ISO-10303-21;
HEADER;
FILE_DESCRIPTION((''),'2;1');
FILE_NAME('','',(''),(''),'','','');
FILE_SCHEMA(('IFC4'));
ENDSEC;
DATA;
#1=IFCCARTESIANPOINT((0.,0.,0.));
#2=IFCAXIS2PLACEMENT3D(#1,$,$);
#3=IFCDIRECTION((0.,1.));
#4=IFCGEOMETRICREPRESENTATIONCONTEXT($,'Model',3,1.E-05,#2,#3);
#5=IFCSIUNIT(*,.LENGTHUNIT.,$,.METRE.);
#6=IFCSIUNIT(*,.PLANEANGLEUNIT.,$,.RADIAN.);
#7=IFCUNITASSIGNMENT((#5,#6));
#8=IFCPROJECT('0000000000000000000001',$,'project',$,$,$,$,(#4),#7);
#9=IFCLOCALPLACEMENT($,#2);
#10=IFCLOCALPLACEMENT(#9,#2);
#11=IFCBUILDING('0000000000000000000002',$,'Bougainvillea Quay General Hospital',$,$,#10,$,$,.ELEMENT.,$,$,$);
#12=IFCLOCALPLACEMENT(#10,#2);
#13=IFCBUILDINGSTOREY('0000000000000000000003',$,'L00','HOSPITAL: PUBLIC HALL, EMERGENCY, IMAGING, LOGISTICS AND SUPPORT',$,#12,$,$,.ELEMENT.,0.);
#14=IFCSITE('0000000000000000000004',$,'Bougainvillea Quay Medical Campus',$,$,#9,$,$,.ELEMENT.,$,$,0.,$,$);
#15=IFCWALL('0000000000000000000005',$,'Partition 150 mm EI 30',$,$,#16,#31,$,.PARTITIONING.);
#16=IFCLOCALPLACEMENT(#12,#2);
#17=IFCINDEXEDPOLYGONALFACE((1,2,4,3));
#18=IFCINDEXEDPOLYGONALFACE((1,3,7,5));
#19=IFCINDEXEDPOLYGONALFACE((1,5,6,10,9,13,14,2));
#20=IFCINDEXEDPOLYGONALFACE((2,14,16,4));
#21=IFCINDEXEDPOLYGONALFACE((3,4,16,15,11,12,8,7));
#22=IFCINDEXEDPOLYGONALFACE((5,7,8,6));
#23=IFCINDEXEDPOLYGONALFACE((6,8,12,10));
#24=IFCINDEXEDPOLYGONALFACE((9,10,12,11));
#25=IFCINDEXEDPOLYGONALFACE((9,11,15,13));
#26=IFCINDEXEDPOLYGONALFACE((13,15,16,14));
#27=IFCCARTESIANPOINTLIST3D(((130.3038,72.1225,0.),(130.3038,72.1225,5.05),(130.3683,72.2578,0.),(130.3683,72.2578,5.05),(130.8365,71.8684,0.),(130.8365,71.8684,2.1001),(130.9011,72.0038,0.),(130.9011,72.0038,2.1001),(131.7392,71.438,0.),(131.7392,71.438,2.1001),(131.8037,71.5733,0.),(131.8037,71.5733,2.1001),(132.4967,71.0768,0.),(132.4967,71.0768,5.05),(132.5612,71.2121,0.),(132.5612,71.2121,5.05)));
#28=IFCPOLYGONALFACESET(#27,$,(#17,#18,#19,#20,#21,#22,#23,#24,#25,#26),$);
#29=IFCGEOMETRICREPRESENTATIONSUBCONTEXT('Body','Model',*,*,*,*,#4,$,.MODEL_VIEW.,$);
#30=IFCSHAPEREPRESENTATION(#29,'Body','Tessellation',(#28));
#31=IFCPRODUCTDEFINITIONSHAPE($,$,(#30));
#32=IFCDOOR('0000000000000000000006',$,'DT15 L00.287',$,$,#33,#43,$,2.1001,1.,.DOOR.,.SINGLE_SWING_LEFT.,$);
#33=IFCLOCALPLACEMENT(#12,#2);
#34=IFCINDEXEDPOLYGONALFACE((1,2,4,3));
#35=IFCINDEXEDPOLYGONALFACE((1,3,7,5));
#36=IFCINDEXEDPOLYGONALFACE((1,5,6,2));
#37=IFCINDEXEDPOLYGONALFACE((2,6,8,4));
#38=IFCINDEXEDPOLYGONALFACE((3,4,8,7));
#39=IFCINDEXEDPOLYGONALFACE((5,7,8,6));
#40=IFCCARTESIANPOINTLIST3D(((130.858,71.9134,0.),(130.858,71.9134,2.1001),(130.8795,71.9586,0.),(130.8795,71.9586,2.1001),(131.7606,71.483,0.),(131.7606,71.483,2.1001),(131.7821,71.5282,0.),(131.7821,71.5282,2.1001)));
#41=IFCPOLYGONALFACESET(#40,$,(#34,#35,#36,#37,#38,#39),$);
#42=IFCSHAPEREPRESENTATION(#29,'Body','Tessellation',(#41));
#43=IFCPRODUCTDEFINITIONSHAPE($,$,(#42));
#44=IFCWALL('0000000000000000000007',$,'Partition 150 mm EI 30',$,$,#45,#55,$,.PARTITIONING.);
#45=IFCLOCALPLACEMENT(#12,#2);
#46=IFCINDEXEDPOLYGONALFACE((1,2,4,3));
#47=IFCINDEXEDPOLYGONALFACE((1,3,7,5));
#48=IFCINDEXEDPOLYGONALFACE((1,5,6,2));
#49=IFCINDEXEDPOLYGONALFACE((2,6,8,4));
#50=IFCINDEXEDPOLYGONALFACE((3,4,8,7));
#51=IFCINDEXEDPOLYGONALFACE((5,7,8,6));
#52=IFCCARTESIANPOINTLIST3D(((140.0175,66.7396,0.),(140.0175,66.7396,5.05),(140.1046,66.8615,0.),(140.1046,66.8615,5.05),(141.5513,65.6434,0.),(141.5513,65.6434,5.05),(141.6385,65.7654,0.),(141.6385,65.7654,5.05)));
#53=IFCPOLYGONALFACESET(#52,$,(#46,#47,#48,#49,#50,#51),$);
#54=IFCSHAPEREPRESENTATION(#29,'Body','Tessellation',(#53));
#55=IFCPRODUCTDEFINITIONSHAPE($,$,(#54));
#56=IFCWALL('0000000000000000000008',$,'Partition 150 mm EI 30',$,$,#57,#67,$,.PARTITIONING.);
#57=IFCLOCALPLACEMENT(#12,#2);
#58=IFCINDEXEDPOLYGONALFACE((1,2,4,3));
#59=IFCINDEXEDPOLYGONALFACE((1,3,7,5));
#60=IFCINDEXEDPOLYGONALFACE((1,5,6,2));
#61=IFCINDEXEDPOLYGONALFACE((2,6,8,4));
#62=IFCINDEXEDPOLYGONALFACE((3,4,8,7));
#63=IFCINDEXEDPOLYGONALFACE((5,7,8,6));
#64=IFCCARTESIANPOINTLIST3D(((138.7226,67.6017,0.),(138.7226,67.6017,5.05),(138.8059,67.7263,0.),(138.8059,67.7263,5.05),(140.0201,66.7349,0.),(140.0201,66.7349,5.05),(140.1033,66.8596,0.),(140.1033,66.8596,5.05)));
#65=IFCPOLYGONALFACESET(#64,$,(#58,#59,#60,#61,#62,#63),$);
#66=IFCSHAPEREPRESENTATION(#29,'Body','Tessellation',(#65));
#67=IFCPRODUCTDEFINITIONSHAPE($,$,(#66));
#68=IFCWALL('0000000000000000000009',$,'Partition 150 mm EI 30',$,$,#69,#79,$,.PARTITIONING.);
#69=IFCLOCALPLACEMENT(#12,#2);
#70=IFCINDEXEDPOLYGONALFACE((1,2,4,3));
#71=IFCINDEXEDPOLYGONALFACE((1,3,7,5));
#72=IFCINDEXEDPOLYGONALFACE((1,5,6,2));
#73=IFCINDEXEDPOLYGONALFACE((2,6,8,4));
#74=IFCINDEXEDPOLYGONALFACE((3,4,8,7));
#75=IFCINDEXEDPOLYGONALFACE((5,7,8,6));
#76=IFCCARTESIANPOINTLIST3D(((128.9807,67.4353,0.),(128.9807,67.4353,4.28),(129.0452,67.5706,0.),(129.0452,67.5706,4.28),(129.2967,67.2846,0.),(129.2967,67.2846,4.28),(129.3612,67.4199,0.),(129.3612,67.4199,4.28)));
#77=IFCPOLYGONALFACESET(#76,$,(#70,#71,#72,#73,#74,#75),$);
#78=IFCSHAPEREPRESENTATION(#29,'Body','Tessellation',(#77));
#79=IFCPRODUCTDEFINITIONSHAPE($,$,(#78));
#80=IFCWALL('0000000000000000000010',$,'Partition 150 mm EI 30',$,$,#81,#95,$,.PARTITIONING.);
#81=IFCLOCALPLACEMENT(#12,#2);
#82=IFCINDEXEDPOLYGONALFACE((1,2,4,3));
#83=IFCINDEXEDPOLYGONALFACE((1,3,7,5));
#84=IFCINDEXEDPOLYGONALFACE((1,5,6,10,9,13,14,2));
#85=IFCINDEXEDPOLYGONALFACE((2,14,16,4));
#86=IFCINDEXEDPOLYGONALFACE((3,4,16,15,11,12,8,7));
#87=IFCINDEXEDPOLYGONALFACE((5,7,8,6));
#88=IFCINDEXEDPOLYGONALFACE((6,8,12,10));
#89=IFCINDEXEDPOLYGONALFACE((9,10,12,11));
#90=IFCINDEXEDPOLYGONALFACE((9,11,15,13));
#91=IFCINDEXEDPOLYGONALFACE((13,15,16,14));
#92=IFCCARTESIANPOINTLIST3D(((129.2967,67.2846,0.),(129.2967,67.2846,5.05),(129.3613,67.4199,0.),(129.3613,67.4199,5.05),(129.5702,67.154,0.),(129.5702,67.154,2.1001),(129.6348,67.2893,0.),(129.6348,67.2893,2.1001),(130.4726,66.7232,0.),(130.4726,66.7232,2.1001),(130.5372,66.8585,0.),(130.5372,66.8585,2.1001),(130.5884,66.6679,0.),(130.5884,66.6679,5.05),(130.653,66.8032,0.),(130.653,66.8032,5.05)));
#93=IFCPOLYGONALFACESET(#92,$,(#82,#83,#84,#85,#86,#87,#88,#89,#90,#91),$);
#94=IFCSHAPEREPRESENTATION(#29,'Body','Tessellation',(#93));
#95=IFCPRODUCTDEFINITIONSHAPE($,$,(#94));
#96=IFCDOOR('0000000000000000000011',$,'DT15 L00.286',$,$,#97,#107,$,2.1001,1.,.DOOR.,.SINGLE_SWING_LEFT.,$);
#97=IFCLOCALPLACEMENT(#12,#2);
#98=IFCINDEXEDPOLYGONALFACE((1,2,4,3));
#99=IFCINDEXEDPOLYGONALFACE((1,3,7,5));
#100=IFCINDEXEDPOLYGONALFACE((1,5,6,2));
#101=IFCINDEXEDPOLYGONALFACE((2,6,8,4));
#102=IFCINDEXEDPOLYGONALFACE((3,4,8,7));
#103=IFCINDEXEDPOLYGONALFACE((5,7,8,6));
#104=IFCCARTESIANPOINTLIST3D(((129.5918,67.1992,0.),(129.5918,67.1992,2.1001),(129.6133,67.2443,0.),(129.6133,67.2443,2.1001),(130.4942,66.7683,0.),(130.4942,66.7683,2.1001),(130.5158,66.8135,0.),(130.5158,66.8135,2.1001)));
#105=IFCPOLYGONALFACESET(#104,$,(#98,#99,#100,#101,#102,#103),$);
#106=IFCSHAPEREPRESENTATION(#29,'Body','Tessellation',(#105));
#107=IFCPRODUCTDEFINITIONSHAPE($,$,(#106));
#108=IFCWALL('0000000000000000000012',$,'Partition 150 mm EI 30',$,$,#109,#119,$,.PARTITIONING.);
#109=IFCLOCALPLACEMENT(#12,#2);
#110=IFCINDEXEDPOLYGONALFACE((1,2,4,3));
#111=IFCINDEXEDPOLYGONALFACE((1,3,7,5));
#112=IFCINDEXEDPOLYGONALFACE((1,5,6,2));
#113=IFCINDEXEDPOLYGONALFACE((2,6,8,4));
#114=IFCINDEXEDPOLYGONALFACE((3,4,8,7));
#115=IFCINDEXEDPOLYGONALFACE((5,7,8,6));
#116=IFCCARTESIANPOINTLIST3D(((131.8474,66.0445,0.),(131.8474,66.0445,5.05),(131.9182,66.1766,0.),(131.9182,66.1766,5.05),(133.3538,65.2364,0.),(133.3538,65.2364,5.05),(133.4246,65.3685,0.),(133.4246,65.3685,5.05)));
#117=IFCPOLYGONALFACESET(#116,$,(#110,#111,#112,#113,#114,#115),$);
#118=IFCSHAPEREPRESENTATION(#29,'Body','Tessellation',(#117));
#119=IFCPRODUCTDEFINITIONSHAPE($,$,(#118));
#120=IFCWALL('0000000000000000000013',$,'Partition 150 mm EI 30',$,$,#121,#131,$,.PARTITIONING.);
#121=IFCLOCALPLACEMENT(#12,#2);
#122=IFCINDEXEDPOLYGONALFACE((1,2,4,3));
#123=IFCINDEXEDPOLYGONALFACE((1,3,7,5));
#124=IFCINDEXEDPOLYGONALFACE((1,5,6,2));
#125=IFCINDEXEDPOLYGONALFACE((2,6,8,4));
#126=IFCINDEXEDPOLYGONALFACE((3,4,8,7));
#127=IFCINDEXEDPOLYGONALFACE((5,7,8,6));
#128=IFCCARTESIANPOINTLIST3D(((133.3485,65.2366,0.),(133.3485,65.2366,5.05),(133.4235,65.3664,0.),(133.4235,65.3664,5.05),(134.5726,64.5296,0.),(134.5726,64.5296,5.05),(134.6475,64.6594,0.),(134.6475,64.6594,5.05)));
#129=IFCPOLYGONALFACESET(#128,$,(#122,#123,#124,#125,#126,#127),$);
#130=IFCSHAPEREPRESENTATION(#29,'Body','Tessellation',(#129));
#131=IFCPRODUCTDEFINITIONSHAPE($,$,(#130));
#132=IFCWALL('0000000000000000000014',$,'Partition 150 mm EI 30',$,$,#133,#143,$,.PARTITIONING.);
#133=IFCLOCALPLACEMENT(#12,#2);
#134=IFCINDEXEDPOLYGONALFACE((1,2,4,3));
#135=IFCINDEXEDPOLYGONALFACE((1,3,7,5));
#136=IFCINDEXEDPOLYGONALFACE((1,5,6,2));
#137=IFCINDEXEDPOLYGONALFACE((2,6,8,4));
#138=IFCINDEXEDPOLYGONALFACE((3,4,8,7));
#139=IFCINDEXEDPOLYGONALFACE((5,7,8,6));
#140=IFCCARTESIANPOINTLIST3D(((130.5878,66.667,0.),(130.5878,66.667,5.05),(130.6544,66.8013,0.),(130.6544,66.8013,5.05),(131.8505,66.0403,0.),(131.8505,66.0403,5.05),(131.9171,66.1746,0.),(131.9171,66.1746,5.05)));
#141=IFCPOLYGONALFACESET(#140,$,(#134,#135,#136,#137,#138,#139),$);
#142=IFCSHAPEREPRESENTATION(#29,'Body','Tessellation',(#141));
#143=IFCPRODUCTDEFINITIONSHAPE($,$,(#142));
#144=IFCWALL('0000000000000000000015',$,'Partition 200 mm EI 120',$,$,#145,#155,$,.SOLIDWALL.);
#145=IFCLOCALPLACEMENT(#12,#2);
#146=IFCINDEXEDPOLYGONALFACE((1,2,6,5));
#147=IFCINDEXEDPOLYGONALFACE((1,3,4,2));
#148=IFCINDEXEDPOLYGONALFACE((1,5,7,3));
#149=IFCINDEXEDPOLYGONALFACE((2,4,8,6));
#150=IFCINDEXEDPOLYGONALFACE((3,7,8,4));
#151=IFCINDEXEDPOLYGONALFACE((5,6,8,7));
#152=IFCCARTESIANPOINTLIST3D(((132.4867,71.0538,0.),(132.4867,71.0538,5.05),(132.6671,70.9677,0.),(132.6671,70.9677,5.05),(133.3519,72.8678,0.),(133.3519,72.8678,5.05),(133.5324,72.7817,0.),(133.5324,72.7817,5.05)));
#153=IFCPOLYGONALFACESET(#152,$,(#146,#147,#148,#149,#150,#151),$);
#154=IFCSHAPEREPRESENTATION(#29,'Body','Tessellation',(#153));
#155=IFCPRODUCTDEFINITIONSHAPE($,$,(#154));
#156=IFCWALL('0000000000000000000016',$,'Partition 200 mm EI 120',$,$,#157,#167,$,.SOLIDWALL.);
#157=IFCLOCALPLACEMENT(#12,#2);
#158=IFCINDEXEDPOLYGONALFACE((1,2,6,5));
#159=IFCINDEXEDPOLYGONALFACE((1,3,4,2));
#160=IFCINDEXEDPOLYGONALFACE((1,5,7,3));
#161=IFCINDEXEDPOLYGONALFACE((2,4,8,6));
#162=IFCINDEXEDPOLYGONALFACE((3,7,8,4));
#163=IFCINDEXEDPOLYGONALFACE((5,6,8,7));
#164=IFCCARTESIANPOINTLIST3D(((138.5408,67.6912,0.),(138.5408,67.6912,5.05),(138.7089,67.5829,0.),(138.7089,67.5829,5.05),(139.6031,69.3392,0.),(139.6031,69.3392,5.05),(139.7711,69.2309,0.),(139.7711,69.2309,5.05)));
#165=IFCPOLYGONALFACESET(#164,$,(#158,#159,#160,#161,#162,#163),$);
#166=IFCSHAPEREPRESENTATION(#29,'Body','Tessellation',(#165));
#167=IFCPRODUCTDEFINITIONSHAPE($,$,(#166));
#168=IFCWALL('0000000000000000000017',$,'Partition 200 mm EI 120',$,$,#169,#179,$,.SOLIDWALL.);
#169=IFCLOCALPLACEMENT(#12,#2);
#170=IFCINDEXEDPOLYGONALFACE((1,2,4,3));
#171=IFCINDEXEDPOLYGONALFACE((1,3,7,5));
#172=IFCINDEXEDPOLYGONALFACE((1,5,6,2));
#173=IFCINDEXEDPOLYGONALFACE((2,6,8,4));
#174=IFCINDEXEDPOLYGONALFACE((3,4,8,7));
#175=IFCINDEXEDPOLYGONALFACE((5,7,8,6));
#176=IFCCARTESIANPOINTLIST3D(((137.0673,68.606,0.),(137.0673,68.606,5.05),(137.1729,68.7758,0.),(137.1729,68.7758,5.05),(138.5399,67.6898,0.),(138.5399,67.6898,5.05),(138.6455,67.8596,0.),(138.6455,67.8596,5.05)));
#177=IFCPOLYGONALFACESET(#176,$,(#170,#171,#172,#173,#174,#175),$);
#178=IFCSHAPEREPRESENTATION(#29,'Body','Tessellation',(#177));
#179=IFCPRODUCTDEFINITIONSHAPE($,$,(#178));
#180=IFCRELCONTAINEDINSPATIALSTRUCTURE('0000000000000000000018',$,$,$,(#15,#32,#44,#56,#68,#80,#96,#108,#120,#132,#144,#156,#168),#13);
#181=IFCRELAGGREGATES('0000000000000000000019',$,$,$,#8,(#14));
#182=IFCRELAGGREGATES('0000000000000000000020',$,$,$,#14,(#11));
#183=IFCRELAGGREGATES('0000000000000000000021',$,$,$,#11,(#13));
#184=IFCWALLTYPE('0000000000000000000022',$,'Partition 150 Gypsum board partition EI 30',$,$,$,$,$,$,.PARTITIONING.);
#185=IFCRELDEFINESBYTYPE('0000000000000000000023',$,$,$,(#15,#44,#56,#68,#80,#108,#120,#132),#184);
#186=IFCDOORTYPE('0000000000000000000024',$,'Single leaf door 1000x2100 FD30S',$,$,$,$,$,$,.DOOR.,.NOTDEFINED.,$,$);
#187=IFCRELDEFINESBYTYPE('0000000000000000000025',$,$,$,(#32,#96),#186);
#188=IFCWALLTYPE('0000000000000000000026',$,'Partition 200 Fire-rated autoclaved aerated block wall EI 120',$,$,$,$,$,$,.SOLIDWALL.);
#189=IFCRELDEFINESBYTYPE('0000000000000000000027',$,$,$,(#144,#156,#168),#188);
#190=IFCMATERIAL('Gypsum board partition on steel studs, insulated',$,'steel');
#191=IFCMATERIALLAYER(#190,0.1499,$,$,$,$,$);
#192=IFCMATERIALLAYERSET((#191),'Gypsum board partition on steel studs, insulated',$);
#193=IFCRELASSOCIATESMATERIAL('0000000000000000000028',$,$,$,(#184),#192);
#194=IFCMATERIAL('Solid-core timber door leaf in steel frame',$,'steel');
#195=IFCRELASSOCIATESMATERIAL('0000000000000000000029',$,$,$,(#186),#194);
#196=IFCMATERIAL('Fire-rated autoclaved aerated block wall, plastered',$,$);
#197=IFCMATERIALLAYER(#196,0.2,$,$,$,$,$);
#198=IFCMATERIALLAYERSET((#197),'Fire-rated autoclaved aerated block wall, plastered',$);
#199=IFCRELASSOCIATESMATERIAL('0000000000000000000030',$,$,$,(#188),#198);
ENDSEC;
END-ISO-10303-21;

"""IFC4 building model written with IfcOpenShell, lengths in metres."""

from ifc_helpers import new_model, si_unit, direction, frame, frame_2d, origin, place, context, subcontext, project, spatial, rectangle, extrude, material, layer, layer_set, type_object, element, fill, save


model = new_model("IFC4")

# Units and contexts
model_context = context("Model", 3, precision=1e-05, world=origin(), true_north=direction((0.0, 1.0)))
body_context = subcontext(model_context, "Body", "Model", "MODEL_VIEW")
ifc_project = project(units=[si_unit("LENGTHUNIT", "METRE"), si_unit("PLANEANGLEUNIT", "RADIAN")], contexts=[model_context])

# Site, building, storey
site_placement = place(None, origin())
site = spatial("IfcSite", under=ifc_project, at=site_placement, Name="Bougainvillea Quay Medical Campus", CompositionType="ELEMENT", RefElevation=0.0)
building_placement = place(site_placement, origin())
building = spatial("IfcBuilding", under=site, at=building_placement, Name="Bougainvillea Quay General Hospital", CompositionType="ELEMENT")
storey_placement = place(building_placement, origin())
storey = spatial("IfcBuildingStorey", under=building, at=storey_placement, Name="L00", Description="HOSPITAL: PUBLIC HALL, EMERGENCY, IMAGING, LOGISTICS AND SUPPORT", CompositionType="ELEMENT", Elevation=0.0)

# Wall, opening, door
ifc_material_1 = material(Name="Gypsum board partition on steel studs, insulated", Category="steel")
ifc_layer_1 = layer(ifc_material_1, 0.1499)
ifc_layer_set_1 = layer_set([ifc_layer_1], Name="Gypsum board partition on steel studs, insulated")
wall_type_1 = type_object("IfcWallType", Name="Partition 150 Gypsum board partition EI 30", PredefinedType="PARTITIONING", material=ifc_layer_set_1)
wall_1_placement = place(storey_placement, frame((130.3359, 72.1902, 0.0), z_axis=(0.0, 0.0, 1.0), x_axis=(0.902632, -0.430413, 0.0)))
wall_1 = element("IfcWall", 1, at=wall_1_placement, inside=storey, type_object=wall_type_1, Name="Partition 150 mm EI 30", PredefinedType="PARTITIONING", context=body_context, shape_type="SweptSolid", body=[
    extrude(rectangle(XDim=2.4294, YDim=0.1499, at=frame_2d((1.2148, 0.0))), origin(), (0.0, 0.0, 1.0), 5.05),
])
opening_1_placement = place(wall_1_placement, frame((0.5903, 0.0, 0.0)))
opening_1 = element("IfcOpeningElement", 2, at=opening_1_placement, cuts=wall_1, PredefinedType="OPENING", context=body_context, shape_type="SweptSolid", body=[
    extrude(rectangle(XDim=1.0, YDim=2.1001, at=frame_2d((0.5, 1.05))), frame((0.0, 0.085, 0.0), z_axis=(0.0, -1.0, 0.0), x_axis=(1.0, 0.0, 0.0)), (0.0, 0.0, 1.0), 0.1699),
])
ifc_material_2 = material(Name="Solid-core timber door leaf in steel frame", Category="steel")
door_type_1 = type_object("IfcDoorType", Name="Single leaf door 1000x2100 FD30S", OperationType="NOTDEFINED", PredefinedType="DOOR", material=ifc_material_2)
door_1_placement = place(opening_1_placement, origin())
door_1 = element("IfcDoor", 3, at=door_1_placement, inside=storey, type_object=door_type_1, Name="DT15 L00.287", OperationType="SINGLE_SWING_LEFT", OverallHeight=2.1001, OverallWidth=1.0, PredefinedType="DOOR", context=body_context, shape_type="SweptSolid", body=[
    extrude(rectangle(XDim=1.0, YDim=2.1001, at=frame_2d((0.5, 1.05))), frame((0.0, 0.0249, 0.0), z_axis=(0.0, -1.0, 0.0), x_axis=(1.0, 0.0, 0.0)), (0.0, 0.0, 1.0), 0.05),
])
fill(opening_1, door_1)

# Walls
wall_2_placement = place(storey_placement, frame((140.061, 66.8005, 0.0), z_axis=(0.0, 0.0, 1.0), x_axis=(0.813602, -0.581422, 0.0)))
element("IfcWall", 4, at=wall_2_placement, inside=storey, type_object=wall_type_1, Name="Partition 150 mm EI 30", PredefinedType="PARTITIONING", context=body_context, shape_type="SweptSolid", body=[
    extrude(rectangle(XDim=1.8853, YDim=0.1499, at=frame_2d((0.9426, 0.0))), origin(), (0.0, 0.0, 1.0), 5.05),
])
wall_3_placement = place(storey_placement, frame((138.7642, 67.6641, 0.0), z_axis=(0.0, 0.0, 1.0), x_axis=(0.83152, -0.555494, 0.0)))
element("IfcWall", 5, at=wall_3_placement, inside=storey, type_object=wall_type_1, Name="Partition 150 mm EI 30", PredefinedType="PARTITIONING", context=body_context, shape_type="SweptSolid", body=[
    extrude(rectangle(XDim=1.5603, YDim=0.1499, at=frame_2d((0.7803, 0.0))), origin(), (0.0, 0.0, 1.0), 5.05),
])
wall_4_placement = place(storey_placement, frame((129.0129, 67.5029, 0.0), z_axis=(0.0, 0.0, 1.0), x_axis=(0.902641, -0.430394, 0.0)))
element("IfcWall", 6, at=wall_4_placement, inside=storey, type_object=wall_type_1, Name="Partition 150 mm EI 30", PredefinedType="PARTITIONING", context=body_context, shape_type="SweptSolid", body=[
    extrude(rectangle(XDim=0.3501, YDim=0.1499, at=frame_2d((0.175, 0.0))), origin(), (0.0, 0.0, 1.0), 4.28),
])

# Wall, opening, door
wall_5_placement = place(storey_placement, frame((129.3289, 67.3523, 0.0), z_axis=(0.0, 0.0, 1.0), x_axis=(0.902431, -0.430834, 0.0)))
wall_5 = element("IfcWall", 7, at=wall_5_placement, inside=storey, type_object=wall_type_1, Name="Partition 150 mm EI 30", PredefinedType="PARTITIONING", context=body_context, shape_type="SweptSolid", body=[
    extrude(rectangle(XDim=1.4314, YDim=0.1499, at=frame_2d((0.7158, 0.0))), origin(), (0.0, 0.0, 1.0), 5.05),
])
opening_2_placement = place(wall_5_placement, frame((0.3032, 0.0, 0.0)))
opening_2 = element("IfcOpeningElement", 8, at=opening_2_placement, cuts=wall_5, PredefinedType="OPENING", context=body_context, shape_type="SweptSolid", body=[
    extrude(rectangle(XDim=1.0, YDim=2.1001, at=frame_2d((0.5, 1.05))), frame((0.0, 0.085, 0.0), z_axis=(0.0, -1.0, 0.0), x_axis=(1.0, 0.0, 0.0)), (0.0, 0.0, 1.0), 0.1699),
])
door_2_placement = place(opening_2_placement, frame((1.0, 0.0, 0.0), z_axis=(0.0, 0.0, 1.0), x_axis=(-1.0, 0.0, 0.0)))
door_2 = element("IfcDoor", 9, at=door_2_placement, inside=storey, type_object=door_type_1, Name="DT15 L00.286", OperationType="SINGLE_SWING_LEFT", OverallHeight=2.1001, OverallWidth=1.0, PredefinedType="DOOR", context=body_context, shape_type="SweptSolid", body=[
    extrude(rectangle(XDim=1.0, YDim=2.1001, at=frame_2d((0.5, 1.05))), frame((0.0, 0.0249, 0.0), z_axis=(0.0, -1.0, 0.0), x_axis=(1.0, 0.0, 0.0)), (0.0, 0.0, 1.0), 0.05),
])
fill(opening_2, door_2)

# Walls
wall_6_placement = place(storey_placement, frame((131.8828, 66.1106, 0.0), z_axis=(0.0, 0.0, 1.0), x_axis=(0.881204, -0.472737, 0.0)))
element("IfcWall", 10, at=wall_6_placement, inside=storey, type_object=wall_type_1, Name="Partition 150 mm EI 30", PredefinedType="PARTITIONING", context=body_context, shape_type="SweptSolid", body=[
    extrude(rectangle(XDim=1.7095, YDim=0.1499, at=frame_2d((0.8547, 0.0))), origin(), (0.0, 0.0, 1.0), 5.05),
])
wall_7_placement = place(storey_placement, frame((133.386, 65.3015, 0.0), z_axis=(0.0, 0.0, 1.0), x_axis=(0.865938, -0.500151, 0.0)))
element("IfcWall", 11, at=wall_7_placement, inside=storey, type_object=wall_type_1, Name="Partition 150 mm EI 30", PredefinedType="PARTITIONING", context=body_context, shape_type="SweptSolid", body=[
    extrude(rectangle(XDim=1.4136, YDim=0.1499, at=frame_2d((0.7068, 0.0))), origin(), (0.0, 0.0, 1.0), 5.05),
])
wall_8_placement = place(storey_placement, frame((130.6211, 66.7341, 0.0), z_axis=(0.0, 0.0, 1.0), x_axis=(0.89574, -0.444579, 0.0)))
element("IfcWall", 12, at=wall_8_placement, inside=storey, type_object=wall_type_1, Name="Partition 150 mm EI 30", PredefinedType="PARTITIONING", context=body_context, shape_type="SweptSolid", body=[
    extrude(rectangle(XDim=1.4097, YDim=0.1499, at=frame_2d((0.7048, 0.0))), origin(), (0.0, 0.0, 1.0), 5.05),
])
ifc_material_3 = material(Name="Fire-rated autoclaved aerated block wall, plastered")
ifc_layer_2 = layer(ifc_material_3, 0.2)
ifc_layer_set_2 = layer_set([ifc_layer_2], Name="Fire-rated autoclaved aerated block wall, plastered")
wall_type_2 = type_object("IfcWallType", Name="Partition 200 Fire-rated autoclaved aerated block wall EI 120", PredefinedType="SOLIDWALL", material=ifc_layer_set_2)
wall_9_placement = place(storey_placement, frame((132.5769, 71.0107, 0.0), z_axis=(0.0, 0.0, 1.0), x_axis=(0.430518, 0.902582, 0.0)))
element("IfcWall", 13, at=wall_9_placement, inside=storey, type_object=wall_type_2, Name="Partition 200 mm EI 120", PredefinedType="SOLIDWALL", context=body_context, shape_type="SweptSolid", body=[
    extrude(rectangle(XDim=2.0098, YDim=0.2, at=frame_2d((1.0049, 0.0))), origin(), (0.0, 0.0, 1.0), 5.05),
])
wall_10_placement = place(storey_placement, frame((138.6248, 67.637, 0.0), z_axis=(0.0, 0.0, 1.0), x_axis=(0.541789, 0.840514, 0.0)))
element("IfcWall", 14, at=wall_10_placement, inside=storey, type_object=wall_type_2, Name="Partition 200 mm EI 120", PredefinedType="SOLIDWALL", context=body_context, shape_type="SweptSolid", body=[
    extrude(rectangle(XDim=1.9607, YDim=0.2, at=frame_2d((0.9805, 0.0))), origin(), (0.0, 0.0, 1.0), 5.05),
])
wall_11_placement = place(storey_placement, frame((137.1201, 68.6909, 0.0), z_axis=(0.0, 0.0, 1.0), x_axis=(0.849072, -0.528277, 0.0)))
element("IfcWall", 15, at=wall_11_placement, inside=storey, type_object=wall_type_2, Name="Partition 200 mm EI 120", PredefinedType="SOLIDWALL", context=body_context, shape_type="SweptSolid", body=[
    extrude(rectangle(XDim=1.7344, YDim=0.2, at=frame_2d((0.8672, 0.0))), origin(), (0.0, 0.0, 1.0), 5.05),
])

save(model, "model.ifc")
